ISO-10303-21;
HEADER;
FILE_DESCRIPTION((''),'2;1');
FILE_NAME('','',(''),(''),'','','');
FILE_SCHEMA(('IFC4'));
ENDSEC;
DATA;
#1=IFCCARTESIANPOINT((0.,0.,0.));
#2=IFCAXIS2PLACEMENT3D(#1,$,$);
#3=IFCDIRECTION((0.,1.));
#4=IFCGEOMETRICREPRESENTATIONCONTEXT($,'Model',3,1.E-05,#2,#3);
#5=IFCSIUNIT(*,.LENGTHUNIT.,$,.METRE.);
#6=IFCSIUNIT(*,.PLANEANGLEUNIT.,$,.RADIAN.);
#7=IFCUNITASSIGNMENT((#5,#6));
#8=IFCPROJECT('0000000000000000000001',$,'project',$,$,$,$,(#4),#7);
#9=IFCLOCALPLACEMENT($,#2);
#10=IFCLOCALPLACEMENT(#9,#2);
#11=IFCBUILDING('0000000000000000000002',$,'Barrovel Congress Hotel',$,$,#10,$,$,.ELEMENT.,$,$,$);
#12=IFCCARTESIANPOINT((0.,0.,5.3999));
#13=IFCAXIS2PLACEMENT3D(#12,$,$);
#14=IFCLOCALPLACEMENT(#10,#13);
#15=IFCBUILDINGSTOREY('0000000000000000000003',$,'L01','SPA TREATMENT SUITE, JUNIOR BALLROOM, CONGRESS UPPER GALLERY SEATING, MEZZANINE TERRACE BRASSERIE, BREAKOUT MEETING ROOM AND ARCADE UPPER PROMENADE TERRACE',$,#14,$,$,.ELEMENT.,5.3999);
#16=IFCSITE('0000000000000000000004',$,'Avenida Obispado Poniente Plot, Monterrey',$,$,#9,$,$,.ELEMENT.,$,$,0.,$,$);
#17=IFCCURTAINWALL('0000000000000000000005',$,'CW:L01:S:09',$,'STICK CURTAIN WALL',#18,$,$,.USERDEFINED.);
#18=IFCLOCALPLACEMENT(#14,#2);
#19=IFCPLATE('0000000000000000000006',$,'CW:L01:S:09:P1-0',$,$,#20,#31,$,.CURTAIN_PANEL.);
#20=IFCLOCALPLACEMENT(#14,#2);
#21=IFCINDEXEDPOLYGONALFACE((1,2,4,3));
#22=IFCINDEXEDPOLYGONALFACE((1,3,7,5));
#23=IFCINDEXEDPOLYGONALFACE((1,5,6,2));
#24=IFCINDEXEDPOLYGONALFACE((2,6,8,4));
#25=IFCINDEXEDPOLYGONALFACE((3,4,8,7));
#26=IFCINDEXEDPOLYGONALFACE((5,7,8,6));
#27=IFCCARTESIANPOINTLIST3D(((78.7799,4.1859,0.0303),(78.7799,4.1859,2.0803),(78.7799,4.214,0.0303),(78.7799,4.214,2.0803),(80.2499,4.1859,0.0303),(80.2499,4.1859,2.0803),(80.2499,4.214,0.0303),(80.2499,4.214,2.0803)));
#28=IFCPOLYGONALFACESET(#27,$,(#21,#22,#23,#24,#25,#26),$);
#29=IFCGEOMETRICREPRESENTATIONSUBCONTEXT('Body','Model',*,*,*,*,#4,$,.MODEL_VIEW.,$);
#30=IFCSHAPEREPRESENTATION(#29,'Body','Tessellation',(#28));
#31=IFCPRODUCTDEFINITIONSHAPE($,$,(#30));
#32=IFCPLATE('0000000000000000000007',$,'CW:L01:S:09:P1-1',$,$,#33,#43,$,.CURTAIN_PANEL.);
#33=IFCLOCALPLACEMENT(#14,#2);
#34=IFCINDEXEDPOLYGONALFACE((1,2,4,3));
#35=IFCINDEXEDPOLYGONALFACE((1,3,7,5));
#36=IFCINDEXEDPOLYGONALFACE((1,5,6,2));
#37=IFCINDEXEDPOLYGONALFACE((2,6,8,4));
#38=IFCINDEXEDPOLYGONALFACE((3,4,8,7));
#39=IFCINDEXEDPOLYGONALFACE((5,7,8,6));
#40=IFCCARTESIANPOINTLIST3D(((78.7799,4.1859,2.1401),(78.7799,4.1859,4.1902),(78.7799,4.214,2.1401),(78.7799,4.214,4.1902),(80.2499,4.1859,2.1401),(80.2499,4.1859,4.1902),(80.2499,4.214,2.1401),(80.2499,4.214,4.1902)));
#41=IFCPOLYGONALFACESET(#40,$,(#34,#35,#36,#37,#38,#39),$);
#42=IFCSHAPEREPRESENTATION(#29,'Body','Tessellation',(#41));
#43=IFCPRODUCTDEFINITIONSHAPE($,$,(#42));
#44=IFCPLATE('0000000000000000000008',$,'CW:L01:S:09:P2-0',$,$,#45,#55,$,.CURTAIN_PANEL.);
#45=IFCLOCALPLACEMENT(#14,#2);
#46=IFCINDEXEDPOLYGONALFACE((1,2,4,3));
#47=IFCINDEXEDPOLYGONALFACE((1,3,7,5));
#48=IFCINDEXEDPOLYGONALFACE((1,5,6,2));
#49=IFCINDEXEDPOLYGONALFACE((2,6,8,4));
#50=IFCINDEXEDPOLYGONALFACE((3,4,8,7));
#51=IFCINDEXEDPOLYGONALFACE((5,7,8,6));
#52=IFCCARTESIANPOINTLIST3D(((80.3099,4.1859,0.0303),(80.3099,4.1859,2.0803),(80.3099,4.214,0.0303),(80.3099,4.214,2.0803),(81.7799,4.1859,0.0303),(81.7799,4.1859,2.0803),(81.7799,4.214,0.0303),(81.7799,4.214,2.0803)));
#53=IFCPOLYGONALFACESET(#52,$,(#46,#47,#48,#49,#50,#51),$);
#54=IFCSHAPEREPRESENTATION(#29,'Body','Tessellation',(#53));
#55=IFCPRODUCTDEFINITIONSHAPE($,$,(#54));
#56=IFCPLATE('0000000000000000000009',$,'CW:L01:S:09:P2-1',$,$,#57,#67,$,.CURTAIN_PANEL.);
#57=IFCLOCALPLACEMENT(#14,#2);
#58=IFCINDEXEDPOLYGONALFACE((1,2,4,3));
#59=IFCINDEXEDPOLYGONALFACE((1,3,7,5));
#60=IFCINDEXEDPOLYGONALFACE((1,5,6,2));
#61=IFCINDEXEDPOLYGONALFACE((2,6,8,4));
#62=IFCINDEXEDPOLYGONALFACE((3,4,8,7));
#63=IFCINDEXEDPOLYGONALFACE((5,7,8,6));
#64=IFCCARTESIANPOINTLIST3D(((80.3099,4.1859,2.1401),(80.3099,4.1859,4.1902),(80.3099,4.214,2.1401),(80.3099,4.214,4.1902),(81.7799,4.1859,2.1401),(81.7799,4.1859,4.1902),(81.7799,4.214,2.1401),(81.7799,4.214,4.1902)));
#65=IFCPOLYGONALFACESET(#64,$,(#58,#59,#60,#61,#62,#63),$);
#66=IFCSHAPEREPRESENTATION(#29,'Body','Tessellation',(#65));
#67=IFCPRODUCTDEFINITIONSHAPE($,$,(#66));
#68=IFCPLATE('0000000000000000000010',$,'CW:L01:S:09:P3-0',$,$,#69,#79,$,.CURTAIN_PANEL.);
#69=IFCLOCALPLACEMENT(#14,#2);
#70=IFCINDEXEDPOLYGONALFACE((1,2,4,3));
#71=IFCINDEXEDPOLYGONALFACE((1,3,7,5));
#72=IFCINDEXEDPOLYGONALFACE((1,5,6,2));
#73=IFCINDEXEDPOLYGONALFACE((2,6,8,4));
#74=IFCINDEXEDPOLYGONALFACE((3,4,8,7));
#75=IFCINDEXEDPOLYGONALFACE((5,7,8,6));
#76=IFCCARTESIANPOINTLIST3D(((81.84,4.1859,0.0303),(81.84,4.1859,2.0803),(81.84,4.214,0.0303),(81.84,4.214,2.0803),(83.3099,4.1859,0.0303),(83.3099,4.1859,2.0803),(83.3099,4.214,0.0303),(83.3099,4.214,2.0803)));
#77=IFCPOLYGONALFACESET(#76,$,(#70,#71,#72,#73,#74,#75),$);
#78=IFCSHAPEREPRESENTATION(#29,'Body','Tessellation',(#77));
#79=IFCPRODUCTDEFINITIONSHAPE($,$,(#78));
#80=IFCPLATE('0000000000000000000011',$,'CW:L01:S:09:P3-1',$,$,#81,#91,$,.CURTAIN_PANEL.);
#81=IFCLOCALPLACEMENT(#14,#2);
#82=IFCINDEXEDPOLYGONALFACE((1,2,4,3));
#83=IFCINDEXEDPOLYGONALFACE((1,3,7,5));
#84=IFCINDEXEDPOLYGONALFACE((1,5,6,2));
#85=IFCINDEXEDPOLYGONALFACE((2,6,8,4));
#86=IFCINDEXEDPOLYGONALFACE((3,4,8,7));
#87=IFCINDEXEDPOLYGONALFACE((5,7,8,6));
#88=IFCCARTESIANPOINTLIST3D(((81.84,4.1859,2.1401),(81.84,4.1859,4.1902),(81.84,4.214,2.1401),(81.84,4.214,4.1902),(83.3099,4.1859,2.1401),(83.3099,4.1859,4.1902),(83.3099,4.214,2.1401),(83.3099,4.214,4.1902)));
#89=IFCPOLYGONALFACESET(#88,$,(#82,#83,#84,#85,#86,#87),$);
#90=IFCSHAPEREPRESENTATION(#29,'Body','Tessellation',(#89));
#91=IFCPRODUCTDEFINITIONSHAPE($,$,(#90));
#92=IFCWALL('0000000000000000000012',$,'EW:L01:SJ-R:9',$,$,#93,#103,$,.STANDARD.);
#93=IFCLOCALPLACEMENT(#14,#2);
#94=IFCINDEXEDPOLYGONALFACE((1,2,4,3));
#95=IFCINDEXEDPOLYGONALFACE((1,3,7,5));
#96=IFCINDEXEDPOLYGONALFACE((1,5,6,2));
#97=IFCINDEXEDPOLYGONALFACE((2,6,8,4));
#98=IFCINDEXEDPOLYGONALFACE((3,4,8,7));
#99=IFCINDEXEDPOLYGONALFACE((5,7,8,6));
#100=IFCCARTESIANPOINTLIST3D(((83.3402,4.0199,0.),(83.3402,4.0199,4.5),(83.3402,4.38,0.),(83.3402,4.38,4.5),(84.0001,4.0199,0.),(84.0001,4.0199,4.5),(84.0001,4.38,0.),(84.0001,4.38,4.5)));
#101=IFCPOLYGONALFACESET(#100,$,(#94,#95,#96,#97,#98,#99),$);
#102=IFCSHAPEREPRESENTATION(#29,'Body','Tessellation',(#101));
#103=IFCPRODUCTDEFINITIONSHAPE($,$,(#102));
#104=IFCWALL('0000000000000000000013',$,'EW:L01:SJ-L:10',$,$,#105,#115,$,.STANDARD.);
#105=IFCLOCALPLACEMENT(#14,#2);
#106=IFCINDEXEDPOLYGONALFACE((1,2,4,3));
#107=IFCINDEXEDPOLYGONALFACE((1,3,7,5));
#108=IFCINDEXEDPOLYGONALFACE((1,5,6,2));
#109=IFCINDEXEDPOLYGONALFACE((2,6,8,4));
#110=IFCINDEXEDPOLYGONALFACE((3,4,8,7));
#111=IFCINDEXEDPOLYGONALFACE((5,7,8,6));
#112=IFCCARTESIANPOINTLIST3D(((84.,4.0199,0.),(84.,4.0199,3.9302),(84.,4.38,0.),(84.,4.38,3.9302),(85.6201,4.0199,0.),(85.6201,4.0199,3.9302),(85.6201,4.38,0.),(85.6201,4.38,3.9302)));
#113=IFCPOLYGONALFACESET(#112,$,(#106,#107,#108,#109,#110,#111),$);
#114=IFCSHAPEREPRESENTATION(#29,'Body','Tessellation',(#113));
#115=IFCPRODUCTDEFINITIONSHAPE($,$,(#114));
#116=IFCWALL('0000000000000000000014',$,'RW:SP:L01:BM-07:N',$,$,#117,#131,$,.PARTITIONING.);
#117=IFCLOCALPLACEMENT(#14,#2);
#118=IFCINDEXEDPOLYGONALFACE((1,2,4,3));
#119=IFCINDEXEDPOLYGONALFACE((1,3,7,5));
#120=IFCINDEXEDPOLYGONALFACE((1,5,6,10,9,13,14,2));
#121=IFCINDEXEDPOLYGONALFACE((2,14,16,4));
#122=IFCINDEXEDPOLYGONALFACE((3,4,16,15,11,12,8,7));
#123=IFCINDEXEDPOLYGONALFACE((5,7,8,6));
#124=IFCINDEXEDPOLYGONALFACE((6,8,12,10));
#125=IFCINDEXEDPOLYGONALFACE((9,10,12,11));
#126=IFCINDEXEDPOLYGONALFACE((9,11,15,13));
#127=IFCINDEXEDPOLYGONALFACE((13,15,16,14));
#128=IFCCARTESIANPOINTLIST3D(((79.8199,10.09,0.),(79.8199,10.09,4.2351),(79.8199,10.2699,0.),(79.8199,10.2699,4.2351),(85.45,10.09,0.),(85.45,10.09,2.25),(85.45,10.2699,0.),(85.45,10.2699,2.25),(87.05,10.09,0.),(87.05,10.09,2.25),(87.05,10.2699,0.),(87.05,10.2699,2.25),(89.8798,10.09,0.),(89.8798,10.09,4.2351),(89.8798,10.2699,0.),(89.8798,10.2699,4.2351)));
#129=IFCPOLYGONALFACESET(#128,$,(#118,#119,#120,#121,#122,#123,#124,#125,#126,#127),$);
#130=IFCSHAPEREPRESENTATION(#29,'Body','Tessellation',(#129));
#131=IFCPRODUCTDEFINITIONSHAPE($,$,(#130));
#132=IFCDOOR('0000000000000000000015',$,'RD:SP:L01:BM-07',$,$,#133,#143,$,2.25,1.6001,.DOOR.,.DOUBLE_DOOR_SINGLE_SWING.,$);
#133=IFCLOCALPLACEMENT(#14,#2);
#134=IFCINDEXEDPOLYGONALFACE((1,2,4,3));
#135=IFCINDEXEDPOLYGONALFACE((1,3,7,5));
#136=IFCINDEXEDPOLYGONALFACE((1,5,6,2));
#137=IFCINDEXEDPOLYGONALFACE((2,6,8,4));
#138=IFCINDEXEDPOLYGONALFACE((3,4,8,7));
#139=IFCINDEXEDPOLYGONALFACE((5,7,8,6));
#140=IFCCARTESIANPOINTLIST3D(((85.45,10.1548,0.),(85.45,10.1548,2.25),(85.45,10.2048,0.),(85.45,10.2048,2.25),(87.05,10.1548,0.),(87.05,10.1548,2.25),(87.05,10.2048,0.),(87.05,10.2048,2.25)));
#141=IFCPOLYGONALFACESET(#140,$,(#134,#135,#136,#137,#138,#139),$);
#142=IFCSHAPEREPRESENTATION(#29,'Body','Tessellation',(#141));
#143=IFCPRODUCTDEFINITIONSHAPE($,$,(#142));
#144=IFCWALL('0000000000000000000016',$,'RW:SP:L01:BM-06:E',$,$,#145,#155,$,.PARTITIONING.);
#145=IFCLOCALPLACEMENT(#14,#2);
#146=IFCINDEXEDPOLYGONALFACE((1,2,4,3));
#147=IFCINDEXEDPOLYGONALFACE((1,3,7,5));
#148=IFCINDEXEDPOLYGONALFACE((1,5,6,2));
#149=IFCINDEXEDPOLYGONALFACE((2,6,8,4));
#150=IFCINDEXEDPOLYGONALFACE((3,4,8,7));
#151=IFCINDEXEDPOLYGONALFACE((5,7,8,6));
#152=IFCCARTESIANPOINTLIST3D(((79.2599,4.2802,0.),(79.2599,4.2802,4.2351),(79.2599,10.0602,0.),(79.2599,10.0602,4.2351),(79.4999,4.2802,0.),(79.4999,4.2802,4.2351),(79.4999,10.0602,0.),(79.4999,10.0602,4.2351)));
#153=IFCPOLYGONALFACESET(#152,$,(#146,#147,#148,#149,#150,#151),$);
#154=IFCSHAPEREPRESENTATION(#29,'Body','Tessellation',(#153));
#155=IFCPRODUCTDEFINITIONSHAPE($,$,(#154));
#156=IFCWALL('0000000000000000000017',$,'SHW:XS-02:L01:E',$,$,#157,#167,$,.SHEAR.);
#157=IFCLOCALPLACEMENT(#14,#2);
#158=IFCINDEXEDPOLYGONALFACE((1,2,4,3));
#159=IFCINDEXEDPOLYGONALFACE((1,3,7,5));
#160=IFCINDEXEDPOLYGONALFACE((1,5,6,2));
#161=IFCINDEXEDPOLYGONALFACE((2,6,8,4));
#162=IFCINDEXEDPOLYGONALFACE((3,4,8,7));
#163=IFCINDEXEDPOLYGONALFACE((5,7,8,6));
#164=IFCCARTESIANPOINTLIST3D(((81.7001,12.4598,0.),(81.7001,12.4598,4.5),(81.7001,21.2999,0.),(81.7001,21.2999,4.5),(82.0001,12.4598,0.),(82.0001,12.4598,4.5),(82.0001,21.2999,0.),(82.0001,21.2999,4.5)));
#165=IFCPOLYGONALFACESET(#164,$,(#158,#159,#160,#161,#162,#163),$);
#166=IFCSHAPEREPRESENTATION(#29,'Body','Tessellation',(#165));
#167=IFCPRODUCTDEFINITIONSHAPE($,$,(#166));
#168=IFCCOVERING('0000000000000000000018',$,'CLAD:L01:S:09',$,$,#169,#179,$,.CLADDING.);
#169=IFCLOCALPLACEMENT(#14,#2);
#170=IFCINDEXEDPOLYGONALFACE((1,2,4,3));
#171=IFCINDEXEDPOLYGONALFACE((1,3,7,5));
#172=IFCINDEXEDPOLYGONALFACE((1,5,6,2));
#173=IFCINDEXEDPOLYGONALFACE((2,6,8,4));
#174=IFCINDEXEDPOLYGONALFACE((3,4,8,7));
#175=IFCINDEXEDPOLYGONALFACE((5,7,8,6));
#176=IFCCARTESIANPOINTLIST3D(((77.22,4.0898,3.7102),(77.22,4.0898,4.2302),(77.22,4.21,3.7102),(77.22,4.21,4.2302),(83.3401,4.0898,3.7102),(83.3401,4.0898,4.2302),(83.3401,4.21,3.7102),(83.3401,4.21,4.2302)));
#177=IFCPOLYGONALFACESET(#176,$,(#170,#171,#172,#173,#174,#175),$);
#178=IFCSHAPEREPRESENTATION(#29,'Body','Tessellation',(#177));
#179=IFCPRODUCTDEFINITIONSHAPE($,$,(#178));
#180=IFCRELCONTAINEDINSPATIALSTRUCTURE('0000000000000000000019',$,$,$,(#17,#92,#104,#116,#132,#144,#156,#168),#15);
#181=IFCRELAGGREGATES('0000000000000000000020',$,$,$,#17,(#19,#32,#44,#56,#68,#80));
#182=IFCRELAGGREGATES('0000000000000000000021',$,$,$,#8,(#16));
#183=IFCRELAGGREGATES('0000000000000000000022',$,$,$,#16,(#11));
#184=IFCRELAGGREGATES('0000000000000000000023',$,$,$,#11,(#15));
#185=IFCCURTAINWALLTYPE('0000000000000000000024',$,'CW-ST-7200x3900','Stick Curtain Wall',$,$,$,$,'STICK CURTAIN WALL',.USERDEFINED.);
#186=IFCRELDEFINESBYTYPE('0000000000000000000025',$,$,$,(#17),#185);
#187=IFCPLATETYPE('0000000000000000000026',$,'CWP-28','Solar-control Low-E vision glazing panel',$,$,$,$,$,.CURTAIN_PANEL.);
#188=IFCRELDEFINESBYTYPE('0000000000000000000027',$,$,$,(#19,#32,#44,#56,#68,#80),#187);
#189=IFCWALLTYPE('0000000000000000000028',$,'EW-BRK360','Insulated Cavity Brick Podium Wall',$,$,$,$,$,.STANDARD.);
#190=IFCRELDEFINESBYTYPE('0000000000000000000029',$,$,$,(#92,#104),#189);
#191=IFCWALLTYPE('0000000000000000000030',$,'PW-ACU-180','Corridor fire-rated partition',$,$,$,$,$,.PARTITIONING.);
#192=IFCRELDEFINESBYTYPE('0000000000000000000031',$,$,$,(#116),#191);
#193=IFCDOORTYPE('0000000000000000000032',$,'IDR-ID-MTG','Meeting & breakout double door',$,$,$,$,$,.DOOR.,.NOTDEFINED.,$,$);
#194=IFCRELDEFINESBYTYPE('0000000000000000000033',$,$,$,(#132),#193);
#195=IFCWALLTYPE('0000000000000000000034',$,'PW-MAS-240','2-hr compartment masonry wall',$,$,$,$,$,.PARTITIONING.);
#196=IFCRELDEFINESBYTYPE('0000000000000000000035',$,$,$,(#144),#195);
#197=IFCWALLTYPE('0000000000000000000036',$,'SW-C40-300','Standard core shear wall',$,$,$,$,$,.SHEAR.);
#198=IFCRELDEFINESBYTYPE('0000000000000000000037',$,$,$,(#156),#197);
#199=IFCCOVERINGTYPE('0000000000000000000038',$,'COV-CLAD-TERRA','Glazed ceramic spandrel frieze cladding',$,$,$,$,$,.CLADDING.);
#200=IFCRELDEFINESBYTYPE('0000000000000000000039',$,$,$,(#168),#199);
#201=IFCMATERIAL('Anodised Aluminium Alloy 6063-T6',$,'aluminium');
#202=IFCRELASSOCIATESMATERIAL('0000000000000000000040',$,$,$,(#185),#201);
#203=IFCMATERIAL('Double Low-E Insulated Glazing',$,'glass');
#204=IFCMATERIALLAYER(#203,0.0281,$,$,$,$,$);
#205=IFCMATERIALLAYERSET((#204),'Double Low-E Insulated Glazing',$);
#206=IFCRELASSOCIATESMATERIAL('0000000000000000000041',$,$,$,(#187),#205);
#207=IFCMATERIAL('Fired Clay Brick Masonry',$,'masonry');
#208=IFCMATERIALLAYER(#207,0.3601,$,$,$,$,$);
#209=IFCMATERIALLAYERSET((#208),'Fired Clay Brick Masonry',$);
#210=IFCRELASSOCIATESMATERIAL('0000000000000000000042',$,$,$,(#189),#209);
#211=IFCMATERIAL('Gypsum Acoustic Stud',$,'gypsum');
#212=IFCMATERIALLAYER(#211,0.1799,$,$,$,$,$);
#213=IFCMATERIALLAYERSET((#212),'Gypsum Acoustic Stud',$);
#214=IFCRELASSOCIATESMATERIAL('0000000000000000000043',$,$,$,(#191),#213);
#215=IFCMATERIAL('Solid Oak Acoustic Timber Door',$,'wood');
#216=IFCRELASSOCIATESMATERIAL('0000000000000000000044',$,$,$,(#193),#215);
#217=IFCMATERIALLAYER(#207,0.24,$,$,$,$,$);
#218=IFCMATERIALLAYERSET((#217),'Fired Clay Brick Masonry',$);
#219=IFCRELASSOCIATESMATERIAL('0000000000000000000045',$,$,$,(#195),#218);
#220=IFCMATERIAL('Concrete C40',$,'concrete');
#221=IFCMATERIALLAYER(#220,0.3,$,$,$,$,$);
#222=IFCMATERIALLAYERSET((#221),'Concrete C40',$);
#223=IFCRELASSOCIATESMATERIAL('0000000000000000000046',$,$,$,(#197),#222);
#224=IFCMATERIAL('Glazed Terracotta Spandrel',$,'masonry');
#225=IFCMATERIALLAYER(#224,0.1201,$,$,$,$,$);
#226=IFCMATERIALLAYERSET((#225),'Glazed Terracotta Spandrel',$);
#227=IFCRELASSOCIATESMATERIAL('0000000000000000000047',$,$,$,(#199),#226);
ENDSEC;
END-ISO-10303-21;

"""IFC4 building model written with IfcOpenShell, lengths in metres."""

from ifc_helpers import new_model, si_unit, direction, frame, frame_2d, origin, origin_2d, place, context, subcontext, project, spatial, rectangle, extrude, material, layer, layer_set, type_object, element, fill, aggregate, save


model = new_model("IFC4")

# Units and contexts
model_context = context("Model", 3, precision=1e-05, world=origin(), true_north=direction((0.0, 1.0)))
body_context = subcontext(model_context, "Body", "Model", "MODEL_VIEW")
ifc_project = project(units=[si_unit("LENGTHUNIT", "METRE"), si_unit("PLANEANGLEUNIT", "RADIAN")], contexts=[model_context])

# Site, building, storey
site_placement = place(None, origin())
site = spatial("IfcSite", under=ifc_project, at=site_placement, Name="Avenida Obispado Poniente Plot, Monterrey", CompositionType="ELEMENT", RefElevation=0.0)
building_placement = place(site_placement, origin())
building = spatial("IfcBuilding", under=site, at=building_placement, Name="Barrovel Congress Hotel", CompositionType="ELEMENT")
storey_placement = place(building_placement, frame((0.0, 0.0, 5.3999)))
storey = spatial("IfcBuildingStorey", under=building, at=storey_placement, Name="L01", Description="SPA TREATMENT SUITE, JUNIOR BALLROOM, CONGRESS UPPER GALLERY SEATING, MEZZANINE TERRACE BRASSERIE, BREAKOUT MEETING ROOM AND ARCADE UPPER PROMENADE TERRACE", CompositionType="ELEMENT", Elevation=5.3999)

# Shared definitions
ifc_material_1 = material(Name="Concrete C40", Category="concrete")

# Curtain wall
ifc_material_2 = material(Name="Anodised Aluminium Alloy 6063-T6", Category="aluminium")
curtain_wall_type = type_object("IfcCurtainWallType", Name="CW-ST-7200x3900", Description="Stick Curtain Wall", ElementType="STICK CURTAIN WALL", PredefinedType="USERDEFINED", material=ifc_material_2)
curtain_wall_placement = place(storey_placement, origin())
curtain_wall = element("IfcCurtainWall", 1, at=curtain_wall_placement, inside=storey, type_object=curtain_wall_type, Name="CW:L01:S:09", ObjectType="STICK CURTAIN WALL", PredefinedType="USERDEFINED")

# Plates
ifc_material_3 = material(Name="Double Low-E Insulated Glazing", Category="glass")
ifc_layer_1 = layer(ifc_material_3, 0.0281)
ifc_layer_set_1 = layer_set([ifc_layer_1], Name="Double Low-E Insulated Glazing")
plate_type = type_object("IfcPlateType", Name="CWP-28", Description="Solar-control Low-E vision glazing panel", PredefinedType="CURTAIN_PANEL", material=ifc_layer_set_1)
plate_1_placement = place(storey_placement, frame((79.5149, 4.2, 0.0303), z_axis=(0.0, 0.0, 1.0), x_axis=(1.0, 0.0, 0.0)))
plate_1 = element("IfcPlate", 2, at=plate_1_placement, type_object=plate_type, Name="CW:L01:S:09:P1-0", PredefinedType="CURTAIN_PANEL", context=body_context, shape_type="SweptSolid", body=[
    extrude(rectangle(XDim=1.47, YDim=0.0281, at=origin_2d()), origin(), (0.0, 0.0, 1.0), 2.05),
])
plate_2_placement = place(storey_placement, frame((79.5149, 4.2, 2.1401), z_axis=(0.0, 0.0, 1.0), x_axis=(1.0, 0.0, 0.0)))
plate_2 = element("IfcPlate", 3, at=plate_2_placement, type_object=plate_type, Name="CW:L01:S:09:P1-1", PredefinedType="CURTAIN_PANEL", context=body_context, shape_type="SweptSolid", body=[
    extrude(rectangle(XDim=1.47, YDim=0.0281, at=origin_2d()), origin(), (0.0, 0.0, 1.0), 2.05),
])
plate_3_placement = place(storey_placement, frame((81.0449, 4.2, 0.0303), z_axis=(0.0, 0.0, 1.0), x_axis=(1.0, 0.0, 0.0)))
plate_3 = element("IfcPlate", 4, at=plate_3_placement, type_object=plate_type, Name="CW:L01:S:09:P2-0", PredefinedType="CURTAIN_PANEL", context=body_context, shape_type="SweptSolid", body=[
    extrude(rectangle(XDim=1.47, YDim=0.0281, at=origin_2d()), origin(), (0.0, 0.0, 1.0), 2.05),
])
plate_4_placement = place(storey_placement, frame((81.0449, 4.2, 2.1401), z_axis=(0.0, 0.0, 1.0), x_axis=(1.0, 0.0, 0.0)))
plate_4 = element("IfcPlate", 5, at=plate_4_placement, type_object=plate_type, Name="CW:L01:S:09:P2-1", PredefinedType="CURTAIN_PANEL", context=body_context, shape_type="SweptSolid", body=[
    extrude(rectangle(XDim=1.47, YDim=0.0281, at=origin_2d()), origin(), (0.0, 0.0, 1.0), 2.05),
])
plate_5_placement = place(storey_placement, frame((82.575, 4.2, 0.0303), z_axis=(0.0, 0.0, 1.0), x_axis=(1.0, 0.0, 0.0)))
plate_5 = element("IfcPlate", 6, at=plate_5_placement, type_object=plate_type, Name="CW:L01:S:09:P3-0", PredefinedType="CURTAIN_PANEL", context=body_context, shape_type="SweptSolid", body=[
    extrude(rectangle(XDim=1.47, YDim=0.0281, at=origin_2d()), origin(), (0.0, 0.0, 1.0), 2.05),
])
plate_6_placement = place(storey_placement, frame((82.575, 4.2, 2.1401), z_axis=(0.0, 0.0, 1.0), x_axis=(1.0, 0.0, 0.0)))
plate_6 = element("IfcPlate", 7, at=plate_6_placement, type_object=plate_type, Name="CW:L01:S:09:P3-1", PredefinedType="CURTAIN_PANEL", context=body_context, shape_type="SweptSolid", body=[
    extrude(rectangle(XDim=1.47, YDim=0.0281, at=origin_2d()), origin(), (0.0, 0.0, 1.0), 2.05),
])
aggregate(curtain_wall, [plate_1, plate_2, plate_3, plate_4, plate_5, plate_6])

# Walls
ifc_material_4 = material(Name="Fired Clay Brick Masonry", Category="masonry")
ifc_layer_2 = layer(ifc_material_4, 0.3601)
ifc_layer_set_2 = layer_set([ifc_layer_2], Name="Fired Clay Brick Masonry")
wall_type_1 = type_object("IfcWallType", Name="EW-BRK360", Description="Insulated Cavity Brick Podium Wall", PredefinedType="STANDARD", material=ifc_layer_set_2)
wall_1_placement = place(storey_placement, frame((83.3401, 4.2, 0.0), z_axis=(0.0, 0.0, 1.0), x_axis=(1.0, 0.0, 0.0)))
element("IfcWall", 8, at=wall_1_placement, inside=storey, type_object=wall_type_1, Name="EW:L01:SJ-R:9", PredefinedType="STANDARD", context=body_context, shape_type="SweptSolid", body=[
    extrude(rectangle(XDim=0.6599, YDim=0.3601, at=frame_2d((0.3301, 0.0))), origin(), (0.0, 0.0, 1.0), 4.5),
])
wall_2_placement = place(storey_placement, frame((84.0, 4.2, 0.0), z_axis=(0.0, 0.0, 1.0), x_axis=(1.0, 0.0, 0.0)))
element("IfcWall", 9, at=wall_2_placement, inside=storey, type_object=wall_type_1, Name="EW:L01:SJ-L:10", PredefinedType="STANDARD", context=body_context, shape_type="SweptSolid", body=[
    extrude(rectangle(XDim=1.6201, YDim=0.3601, at=frame_2d((0.8101, 0.0))), origin(), (0.0, 0.0, 1.0), 3.9302),
])

# Wall, opening, door
ifc_material_5 = material(Name="Gypsum Acoustic Stud", Category="gypsum")
ifc_layer_3 = layer(ifc_material_5, 0.1799)
ifc_layer_set_3 = layer_set([ifc_layer_3], Name="Gypsum Acoustic Stud")
wall_type_2 = type_object("IfcWallType", Name="PW-ACU-180", Description="Corridor fire-rated partition", PredefinedType="PARTITIONING", material=ifc_layer_set_3)
wall_3_placement = place(storey_placement, frame((79.8201, 10.1799, 0.0), z_axis=(0.0, 0.0, 1.0), x_axis=(1.0, 0.0, 0.0)))
wall_3 = element("IfcWall", 10, at=wall_3_placement, inside=storey, type_object=wall_type_2, Name="RW:SP:L01:BM-07:N", PredefinedType="PARTITIONING", context=body_context, shape_type="SweptSolid", body=[
    extrude(rectangle(XDim=10.0598, YDim=0.1799, at=frame_2d((5.0298, 0.0))), origin(), (0.0, 0.0, 1.0), 4.2351),
])
opening_placement = place(wall_3_placement, frame((5.6299, 0.0, 0.0)))
opening = element("IfcOpeningElement", 11, at=opening_placement, cuts=wall_3, PredefinedType="OPENING", context=body_context, shape_type="SweptSolid", body=[
    extrude(rectangle(XDim=1.6001, YDim=2.25, at=frame_2d((0.8, 1.125))), frame((0.0, 0.1001, 0.0), z_axis=(0.0, -1.0, 0.0), x_axis=(1.0, 0.0, 0.0)), (0.0, 0.0, 1.0), 0.2),
])
ifc_material_6 = material(Name="Solid Oak Acoustic Timber Door", Category="wood")
door_type = type_object("IfcDoorType", Name="IDR-ID-MTG", Description="Meeting & breakout double door", OperationType="NOTDEFINED", PredefinedType="DOOR", material=ifc_material_6)
door_placement = place(opening_placement, origin())
door = element("IfcDoor", 12, at=door_placement, inside=storey, type_object=door_type, Name="RD:SP:L01:BM-07", OperationType="DOUBLE_DOOR_SINGLE_SWING", OverallHeight=2.25, OverallWidth=1.6001, PredefinedType="DOOR", context=body_context, shape_type="SweptSolid", body=[
    extrude(rectangle(XDim=1.6001, YDim=2.25, at=frame_2d((0.8, 1.125))), frame((0.0, 0.0249, 0.0), z_axis=(0.0, -1.0, 0.0), x_axis=(1.0, 0.0, 0.0)), (0.0, 0.0, 1.0), 0.05),
])
fill(opening, door)

# Walls
ifc_layer_4 = layer(ifc_material_4, 0.24)
ifc_layer_set_4 = layer_set([ifc_layer_4], Name="Fired Clay Brick Masonry")
wall_type_3 = type_object("IfcWallType", Name="PW-MAS-240", Description="2-hr compartment masonry wall", PredefinedType="PARTITIONING", material=ifc_layer_set_4)
wall_4_placement = place(storey_placement, frame((79.3799, 4.28, 0.0), z_axis=(0.0, 0.0, 1.0), x_axis=(0.0, 1.0, 0.0)))
element("IfcWall", 13, at=wall_4_placement, inside=storey, type_object=wall_type_3, Name="RW:SP:L01:BM-06:E", PredefinedType="PARTITIONING", context=body_context, shape_type="SweptSolid", body=[
    extrude(rectangle(XDim=5.78, YDim=0.24, at=frame_2d((2.8901, 0.0))), origin(), (0.0, 0.0, 1.0), 4.2351),
])
ifc_layer_5 = layer(ifc_material_1, 0.3)
ifc_layer_set_5 = layer_set([ifc_layer_5], Name="Concrete C40")
wall_type_4 = type_object("IfcWallType", Name="SW-C40-300", Description="Standard core shear wall", PredefinedType="SHEAR", material=ifc_layer_set_5)
wall_5_placement = place(storey_placement, frame((81.8501, 12.46, 0.0), z_axis=(0.0, 0.0, 1.0), x_axis=(0.0, 1.0, 0.0)))
element("IfcWall", 14, at=wall_5_placement, inside=storey, type_object=wall_type_4, Name="SHW:XS-02:L01:E", PredefinedType="SHEAR", context=body_context, shape_type="SweptSolid", body=[
    extrude(rectangle(XDim=8.8401, YDim=0.3, at=frame_2d((4.4199, 0.0))), origin(), (0.0, 0.0, 1.0), 4.5),
])

# Covering
ifc_material_7 = material(Name="Glazed Terracotta Spandrel", Category="masonry")
ifc_layer_6 = layer(ifc_material_7, 0.1201)
ifc_layer_set_6 = layer_set([ifc_layer_6], Name="Glazed Terracotta Spandrel")
covering_type = type_object("IfcCoveringType", Name="COV-CLAD-TERRA", Description="Glazed ceramic spandrel frieze cladding", PredefinedType="CLADDING", material=ifc_layer_set_6)
covering_placement = place(storey_placement, frame((80.28, 4.1499, 3.7102), z_axis=(0.0, 0.0, 1.0), x_axis=(1.0, 0.0, 0.0)))
element("IfcCovering", 15, at=covering_placement, inside=storey, type_object=covering_type, Name="CLAD:L01:S:09", PredefinedType="CLADDING", context=body_context, shape_type="SweptSolid", body=[
    extrude(rectangle(XDim=6.1201, YDim=0.1201, at=origin_2d()), origin(), (0.0, 0.0, 1.0), 0.52),
])

save(model, "model.ifc")
